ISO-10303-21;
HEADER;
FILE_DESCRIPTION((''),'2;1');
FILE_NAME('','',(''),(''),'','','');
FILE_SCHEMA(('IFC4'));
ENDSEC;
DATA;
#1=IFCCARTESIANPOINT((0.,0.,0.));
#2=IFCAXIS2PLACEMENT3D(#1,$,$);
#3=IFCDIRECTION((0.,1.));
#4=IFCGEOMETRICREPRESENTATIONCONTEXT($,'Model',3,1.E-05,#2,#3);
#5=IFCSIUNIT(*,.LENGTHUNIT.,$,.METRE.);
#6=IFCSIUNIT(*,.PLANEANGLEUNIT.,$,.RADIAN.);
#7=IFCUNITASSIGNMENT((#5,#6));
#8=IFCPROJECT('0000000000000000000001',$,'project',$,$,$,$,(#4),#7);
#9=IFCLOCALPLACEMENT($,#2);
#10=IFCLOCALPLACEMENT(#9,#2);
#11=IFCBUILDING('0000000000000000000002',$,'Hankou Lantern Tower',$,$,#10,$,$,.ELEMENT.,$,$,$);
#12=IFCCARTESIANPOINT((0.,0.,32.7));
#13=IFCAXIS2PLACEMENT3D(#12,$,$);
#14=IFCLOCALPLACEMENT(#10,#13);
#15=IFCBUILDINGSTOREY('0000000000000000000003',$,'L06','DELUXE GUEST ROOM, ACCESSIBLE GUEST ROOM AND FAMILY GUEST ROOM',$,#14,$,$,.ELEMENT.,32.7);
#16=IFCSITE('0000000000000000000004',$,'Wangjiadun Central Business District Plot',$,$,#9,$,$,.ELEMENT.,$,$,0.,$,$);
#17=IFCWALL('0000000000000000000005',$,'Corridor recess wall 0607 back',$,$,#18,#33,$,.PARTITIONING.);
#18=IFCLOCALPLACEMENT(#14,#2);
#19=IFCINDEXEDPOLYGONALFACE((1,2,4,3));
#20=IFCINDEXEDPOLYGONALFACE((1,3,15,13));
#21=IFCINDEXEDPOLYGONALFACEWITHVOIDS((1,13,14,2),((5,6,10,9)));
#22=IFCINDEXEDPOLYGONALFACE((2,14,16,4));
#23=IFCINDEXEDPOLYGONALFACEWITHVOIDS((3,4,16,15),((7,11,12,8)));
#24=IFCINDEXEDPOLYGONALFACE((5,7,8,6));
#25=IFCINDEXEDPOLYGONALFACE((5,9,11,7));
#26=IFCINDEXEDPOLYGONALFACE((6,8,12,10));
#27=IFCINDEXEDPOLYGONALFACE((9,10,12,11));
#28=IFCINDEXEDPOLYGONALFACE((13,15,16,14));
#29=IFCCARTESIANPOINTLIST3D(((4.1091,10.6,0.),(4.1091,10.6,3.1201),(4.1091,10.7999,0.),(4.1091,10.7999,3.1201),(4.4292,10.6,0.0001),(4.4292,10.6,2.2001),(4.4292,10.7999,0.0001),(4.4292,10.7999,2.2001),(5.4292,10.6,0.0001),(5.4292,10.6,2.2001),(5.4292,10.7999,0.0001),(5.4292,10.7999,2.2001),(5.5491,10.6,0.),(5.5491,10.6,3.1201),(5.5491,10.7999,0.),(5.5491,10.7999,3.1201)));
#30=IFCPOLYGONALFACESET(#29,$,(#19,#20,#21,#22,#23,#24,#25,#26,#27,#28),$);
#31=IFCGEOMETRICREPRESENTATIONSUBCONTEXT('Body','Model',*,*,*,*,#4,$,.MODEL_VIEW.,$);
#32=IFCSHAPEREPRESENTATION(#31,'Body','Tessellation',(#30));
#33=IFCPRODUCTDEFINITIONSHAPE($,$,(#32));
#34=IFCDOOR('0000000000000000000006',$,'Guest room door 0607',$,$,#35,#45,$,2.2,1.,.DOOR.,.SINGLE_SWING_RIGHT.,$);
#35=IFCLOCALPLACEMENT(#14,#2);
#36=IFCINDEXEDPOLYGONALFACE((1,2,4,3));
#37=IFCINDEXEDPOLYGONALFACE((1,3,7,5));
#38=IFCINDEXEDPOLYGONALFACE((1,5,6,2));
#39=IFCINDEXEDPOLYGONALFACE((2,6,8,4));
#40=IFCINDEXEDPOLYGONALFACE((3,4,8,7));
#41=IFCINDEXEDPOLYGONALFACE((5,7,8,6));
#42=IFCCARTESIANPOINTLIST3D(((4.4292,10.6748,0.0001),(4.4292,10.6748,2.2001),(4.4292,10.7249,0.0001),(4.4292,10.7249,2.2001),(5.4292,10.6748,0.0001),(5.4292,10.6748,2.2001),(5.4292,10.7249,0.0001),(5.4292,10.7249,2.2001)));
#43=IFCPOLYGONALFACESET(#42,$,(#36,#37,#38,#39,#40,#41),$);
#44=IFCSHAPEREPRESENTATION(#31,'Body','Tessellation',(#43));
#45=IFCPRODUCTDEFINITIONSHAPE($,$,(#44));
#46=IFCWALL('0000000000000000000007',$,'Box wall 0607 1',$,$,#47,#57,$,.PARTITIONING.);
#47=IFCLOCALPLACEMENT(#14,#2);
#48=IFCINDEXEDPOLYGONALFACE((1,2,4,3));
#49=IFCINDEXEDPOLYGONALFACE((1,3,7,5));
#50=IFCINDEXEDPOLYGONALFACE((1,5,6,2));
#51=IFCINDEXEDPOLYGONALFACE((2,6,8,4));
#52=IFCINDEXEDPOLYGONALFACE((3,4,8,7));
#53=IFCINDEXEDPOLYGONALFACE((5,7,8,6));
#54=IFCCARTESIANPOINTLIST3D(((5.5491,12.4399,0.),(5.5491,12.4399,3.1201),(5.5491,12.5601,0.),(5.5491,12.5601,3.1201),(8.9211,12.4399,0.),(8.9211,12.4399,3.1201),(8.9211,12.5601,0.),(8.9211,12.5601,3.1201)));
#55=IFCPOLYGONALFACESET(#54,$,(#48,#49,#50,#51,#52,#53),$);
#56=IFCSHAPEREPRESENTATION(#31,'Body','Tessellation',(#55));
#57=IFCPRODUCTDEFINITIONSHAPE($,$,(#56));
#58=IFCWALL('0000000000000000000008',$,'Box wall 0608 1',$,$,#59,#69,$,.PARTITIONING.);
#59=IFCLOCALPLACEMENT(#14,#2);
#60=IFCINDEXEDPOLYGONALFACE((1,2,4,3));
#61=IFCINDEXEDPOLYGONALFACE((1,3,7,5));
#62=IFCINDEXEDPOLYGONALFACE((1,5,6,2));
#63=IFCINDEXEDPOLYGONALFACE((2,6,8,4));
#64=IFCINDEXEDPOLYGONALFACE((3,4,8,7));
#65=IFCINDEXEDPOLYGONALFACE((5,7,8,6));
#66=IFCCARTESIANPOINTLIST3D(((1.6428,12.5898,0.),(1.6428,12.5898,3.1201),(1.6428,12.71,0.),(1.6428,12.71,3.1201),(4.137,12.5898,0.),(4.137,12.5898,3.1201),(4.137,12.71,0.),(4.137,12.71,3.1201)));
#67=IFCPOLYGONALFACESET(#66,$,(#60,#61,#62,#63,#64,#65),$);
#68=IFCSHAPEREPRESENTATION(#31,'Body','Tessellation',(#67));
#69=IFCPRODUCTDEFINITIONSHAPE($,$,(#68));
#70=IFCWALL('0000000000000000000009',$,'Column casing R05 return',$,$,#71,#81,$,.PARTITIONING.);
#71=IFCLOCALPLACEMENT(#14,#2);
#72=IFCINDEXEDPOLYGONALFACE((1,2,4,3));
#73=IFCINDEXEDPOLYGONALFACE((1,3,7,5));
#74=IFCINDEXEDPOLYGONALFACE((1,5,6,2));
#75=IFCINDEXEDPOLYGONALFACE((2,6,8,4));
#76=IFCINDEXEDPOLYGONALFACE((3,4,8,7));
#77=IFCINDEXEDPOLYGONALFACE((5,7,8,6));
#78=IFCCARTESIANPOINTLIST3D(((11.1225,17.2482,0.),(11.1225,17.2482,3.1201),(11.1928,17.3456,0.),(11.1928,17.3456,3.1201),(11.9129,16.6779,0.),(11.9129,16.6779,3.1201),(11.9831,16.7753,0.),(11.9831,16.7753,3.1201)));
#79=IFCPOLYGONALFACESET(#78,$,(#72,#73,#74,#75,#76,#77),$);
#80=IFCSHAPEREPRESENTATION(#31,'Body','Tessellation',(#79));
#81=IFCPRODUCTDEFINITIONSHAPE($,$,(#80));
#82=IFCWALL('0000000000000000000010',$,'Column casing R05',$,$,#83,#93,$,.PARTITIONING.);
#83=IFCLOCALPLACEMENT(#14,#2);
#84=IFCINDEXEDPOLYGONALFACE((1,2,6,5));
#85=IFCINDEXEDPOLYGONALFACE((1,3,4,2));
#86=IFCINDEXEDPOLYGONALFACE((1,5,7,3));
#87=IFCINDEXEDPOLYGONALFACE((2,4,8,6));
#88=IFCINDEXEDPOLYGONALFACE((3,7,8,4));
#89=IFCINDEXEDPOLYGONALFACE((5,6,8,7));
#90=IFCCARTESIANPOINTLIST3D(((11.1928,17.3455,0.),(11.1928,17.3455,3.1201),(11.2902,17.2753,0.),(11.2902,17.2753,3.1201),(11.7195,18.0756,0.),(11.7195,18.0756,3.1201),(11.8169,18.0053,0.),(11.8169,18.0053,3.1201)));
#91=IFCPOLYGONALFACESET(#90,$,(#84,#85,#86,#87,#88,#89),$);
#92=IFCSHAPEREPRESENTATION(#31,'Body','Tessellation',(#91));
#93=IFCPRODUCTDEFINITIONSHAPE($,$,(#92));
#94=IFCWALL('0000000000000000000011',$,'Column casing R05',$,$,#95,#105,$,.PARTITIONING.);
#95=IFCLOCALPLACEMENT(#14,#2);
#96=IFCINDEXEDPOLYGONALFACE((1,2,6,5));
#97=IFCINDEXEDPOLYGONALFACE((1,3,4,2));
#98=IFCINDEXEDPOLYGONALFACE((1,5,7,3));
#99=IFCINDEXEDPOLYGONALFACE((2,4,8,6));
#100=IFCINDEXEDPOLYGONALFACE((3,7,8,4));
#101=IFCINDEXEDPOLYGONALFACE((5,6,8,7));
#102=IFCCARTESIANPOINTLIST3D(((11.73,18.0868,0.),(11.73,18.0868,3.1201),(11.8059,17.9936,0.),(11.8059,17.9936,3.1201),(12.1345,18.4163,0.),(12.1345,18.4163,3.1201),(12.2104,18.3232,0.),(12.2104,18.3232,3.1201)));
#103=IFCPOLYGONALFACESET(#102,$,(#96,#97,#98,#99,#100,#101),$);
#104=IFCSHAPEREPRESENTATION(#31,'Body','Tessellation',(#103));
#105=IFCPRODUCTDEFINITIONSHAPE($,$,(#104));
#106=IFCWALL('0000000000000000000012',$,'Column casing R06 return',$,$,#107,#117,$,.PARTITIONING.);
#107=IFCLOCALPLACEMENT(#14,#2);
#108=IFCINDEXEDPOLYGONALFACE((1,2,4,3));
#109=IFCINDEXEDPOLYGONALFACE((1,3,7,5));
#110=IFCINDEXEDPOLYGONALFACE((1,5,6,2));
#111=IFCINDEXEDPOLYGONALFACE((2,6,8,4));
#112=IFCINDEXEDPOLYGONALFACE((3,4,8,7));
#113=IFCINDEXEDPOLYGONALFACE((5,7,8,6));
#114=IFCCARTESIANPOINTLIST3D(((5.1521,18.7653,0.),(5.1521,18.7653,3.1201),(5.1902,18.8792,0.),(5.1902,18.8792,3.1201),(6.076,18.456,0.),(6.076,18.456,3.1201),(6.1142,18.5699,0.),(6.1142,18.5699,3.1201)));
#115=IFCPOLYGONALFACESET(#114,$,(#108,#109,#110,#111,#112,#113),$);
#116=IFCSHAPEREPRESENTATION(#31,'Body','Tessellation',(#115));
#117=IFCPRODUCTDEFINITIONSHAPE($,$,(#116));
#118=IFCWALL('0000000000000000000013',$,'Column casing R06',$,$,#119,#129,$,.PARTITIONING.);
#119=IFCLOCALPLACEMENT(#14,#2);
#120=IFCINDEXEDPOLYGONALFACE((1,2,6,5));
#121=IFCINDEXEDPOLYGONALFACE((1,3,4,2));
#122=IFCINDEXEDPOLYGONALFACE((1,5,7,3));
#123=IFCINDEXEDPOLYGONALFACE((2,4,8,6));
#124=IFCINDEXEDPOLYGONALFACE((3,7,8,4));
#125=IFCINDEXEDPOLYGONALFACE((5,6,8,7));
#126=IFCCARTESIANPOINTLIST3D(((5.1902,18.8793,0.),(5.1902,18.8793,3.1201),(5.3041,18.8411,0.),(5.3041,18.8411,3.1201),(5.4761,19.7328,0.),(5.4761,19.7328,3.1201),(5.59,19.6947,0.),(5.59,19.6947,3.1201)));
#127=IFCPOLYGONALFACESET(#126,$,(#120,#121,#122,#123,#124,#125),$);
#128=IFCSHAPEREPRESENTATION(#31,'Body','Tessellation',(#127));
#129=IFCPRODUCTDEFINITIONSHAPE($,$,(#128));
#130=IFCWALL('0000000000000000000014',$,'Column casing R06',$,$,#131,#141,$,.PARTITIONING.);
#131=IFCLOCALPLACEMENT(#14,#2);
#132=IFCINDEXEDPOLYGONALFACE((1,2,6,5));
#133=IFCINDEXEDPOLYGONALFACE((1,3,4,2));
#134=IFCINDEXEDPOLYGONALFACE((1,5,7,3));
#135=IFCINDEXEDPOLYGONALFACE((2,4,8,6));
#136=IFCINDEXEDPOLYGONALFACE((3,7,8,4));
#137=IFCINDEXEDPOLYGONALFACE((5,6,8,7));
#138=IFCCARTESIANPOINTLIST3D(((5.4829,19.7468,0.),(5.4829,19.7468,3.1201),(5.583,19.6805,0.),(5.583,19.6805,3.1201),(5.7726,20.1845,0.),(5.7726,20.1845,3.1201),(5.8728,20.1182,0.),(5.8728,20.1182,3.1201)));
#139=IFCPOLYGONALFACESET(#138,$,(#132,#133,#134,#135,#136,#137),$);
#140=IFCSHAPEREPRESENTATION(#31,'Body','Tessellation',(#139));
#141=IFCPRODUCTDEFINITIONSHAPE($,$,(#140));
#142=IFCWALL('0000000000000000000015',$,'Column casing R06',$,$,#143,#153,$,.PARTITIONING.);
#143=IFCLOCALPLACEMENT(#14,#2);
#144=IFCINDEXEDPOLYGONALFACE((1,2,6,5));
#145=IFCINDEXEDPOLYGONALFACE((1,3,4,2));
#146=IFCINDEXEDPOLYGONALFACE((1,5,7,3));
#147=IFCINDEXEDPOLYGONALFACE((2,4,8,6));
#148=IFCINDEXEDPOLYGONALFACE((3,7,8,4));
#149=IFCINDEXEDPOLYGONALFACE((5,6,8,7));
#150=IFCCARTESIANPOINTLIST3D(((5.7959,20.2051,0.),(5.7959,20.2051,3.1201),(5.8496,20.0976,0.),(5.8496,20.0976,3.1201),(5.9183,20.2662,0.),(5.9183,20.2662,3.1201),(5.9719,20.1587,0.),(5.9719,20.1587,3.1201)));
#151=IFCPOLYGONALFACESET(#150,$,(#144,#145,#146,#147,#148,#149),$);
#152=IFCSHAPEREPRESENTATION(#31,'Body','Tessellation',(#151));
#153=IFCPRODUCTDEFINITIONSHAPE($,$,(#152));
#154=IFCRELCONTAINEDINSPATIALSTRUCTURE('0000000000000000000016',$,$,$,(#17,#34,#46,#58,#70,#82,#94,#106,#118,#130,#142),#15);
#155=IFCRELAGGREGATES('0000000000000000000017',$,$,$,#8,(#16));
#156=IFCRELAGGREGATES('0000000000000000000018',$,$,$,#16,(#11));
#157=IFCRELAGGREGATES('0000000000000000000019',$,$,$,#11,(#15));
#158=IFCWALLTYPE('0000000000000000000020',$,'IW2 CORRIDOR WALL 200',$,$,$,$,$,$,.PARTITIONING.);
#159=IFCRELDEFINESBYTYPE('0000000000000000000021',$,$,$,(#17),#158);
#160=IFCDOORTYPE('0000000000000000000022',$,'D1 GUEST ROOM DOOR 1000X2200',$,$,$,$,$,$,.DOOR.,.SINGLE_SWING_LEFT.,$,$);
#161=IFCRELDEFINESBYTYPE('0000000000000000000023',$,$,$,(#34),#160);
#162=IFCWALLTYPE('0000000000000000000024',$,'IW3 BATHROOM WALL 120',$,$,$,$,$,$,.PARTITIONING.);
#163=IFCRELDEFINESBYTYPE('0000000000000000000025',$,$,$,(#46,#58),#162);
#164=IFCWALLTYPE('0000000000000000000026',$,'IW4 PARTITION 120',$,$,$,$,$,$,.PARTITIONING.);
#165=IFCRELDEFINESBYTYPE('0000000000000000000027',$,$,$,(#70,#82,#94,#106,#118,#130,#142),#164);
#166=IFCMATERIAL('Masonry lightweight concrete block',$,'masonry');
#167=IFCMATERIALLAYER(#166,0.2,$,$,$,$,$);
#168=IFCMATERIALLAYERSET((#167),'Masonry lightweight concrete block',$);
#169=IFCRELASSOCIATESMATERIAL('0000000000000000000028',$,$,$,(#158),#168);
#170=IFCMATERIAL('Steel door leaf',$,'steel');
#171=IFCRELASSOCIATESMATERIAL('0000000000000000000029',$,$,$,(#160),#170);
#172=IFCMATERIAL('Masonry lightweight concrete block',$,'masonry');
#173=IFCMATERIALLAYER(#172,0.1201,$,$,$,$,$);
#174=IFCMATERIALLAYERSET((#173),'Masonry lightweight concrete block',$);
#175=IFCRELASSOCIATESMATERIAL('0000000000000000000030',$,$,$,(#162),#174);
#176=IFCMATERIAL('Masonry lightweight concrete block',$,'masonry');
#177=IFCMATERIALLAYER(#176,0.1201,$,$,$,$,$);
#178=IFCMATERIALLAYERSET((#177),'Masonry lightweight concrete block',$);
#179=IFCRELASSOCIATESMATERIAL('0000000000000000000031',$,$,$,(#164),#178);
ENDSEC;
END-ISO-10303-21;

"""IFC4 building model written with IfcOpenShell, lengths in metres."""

from ifc_helpers import new_model, si_unit, direction, frame, frame_2d, origin, place, context, subcontext, project, spatial, rectangle, extrude, material, layer, layer_set, type_object, element, fill, save


model = new_model("IFC4")

# Units and contexts
model_context = context("Model", 3, precision=1e-05, world=origin(), true_north=direction((0.0, 1.0)))
body_context = subcontext(model_context, "Body", "Model", "MODEL_VIEW")
ifc_project = project(units=[si_unit("LENGTHUNIT", "METRE"), si_unit("PLANEANGLEUNIT", "RADIAN")], contexts=[model_context])

# Site, building, storey
site_placement = place(None, origin())
site = spatial("IfcSite", under=ifc_project, at=site_placement, Name="Wangjiadun Central Business District Plot", CompositionType="ELEMENT", RefElevation=0.0)
building_placement = place(site_placement, origin())
building = spatial("IfcBuilding", under=site, at=building_placement, Name="Hankou Lantern Tower", CompositionType="ELEMENT")
storey_placement = place(building_placement, frame((0.0, 0.0, 32.7)))
storey = spatial("IfcBuildingStorey", under=building, at=storey_placement, Name="L06", Description="DELUXE GUEST ROOM, ACCESSIBLE GUEST ROOM AND FAMILY GUEST ROOM", CompositionType="ELEMENT", Elevation=32.7)

# Wall, opening, door
ifc_material_1 = material(Name="Masonry lightweight concrete block", Category="masonry")
ifc_layer_1 = layer(ifc_material_1, 0.2)
ifc_layer_set_1 = layer_set([ifc_layer_1], Name="Masonry lightweight concrete block")
wall_type_1 = type_object("IfcWallType", Name="IW2 CORRIDOR WALL 200", PredefinedType="PARTITIONING", material=ifc_layer_set_1)
wall_1_placement = place(storey_placement, frame((4.1091, 10.7, 0.0), z_axis=(0.0, 0.0, 1.0), x_axis=(1.0, 0.0, 0.0)))
wall_1 = element("IfcWall", 1, at=wall_1_placement, inside=storey, type_object=wall_type_1, Name="Corridor recess wall 0607 back", PredefinedType="PARTITIONING", context=body_context, shape_type="SweptSolid", body=[
    extrude(rectangle(XDim=1.4399, YDim=0.2, at=frame_2d((0.72, 0.0))), origin(), (0.0, 0.0, 1.0), 3.1201),
])
opening_1_placement = place(wall_1_placement, frame((0.3201, 0.0, 0.0)))
opening_1 = element("IfcOpeningElement", 2, at=opening_1_placement, cuts=wall_1, PredefinedType="OPENING", context=body_context, shape_type="SweptSolid", body=[
    extrude(rectangle(XDim=1.0, YDim=2.2, at=frame_2d((0.5, 1.1001))), frame((0.0, 0.1099, 0.0), z_axis=(0.0, -1.0, 0.0), x_axis=(1.0, 0.0, 0.0)), (0.0, 0.0, 1.0), 0.22),
])
ifc_material_2 = material(Name="Steel door leaf", Category="steel")
door_type = type_object("IfcDoorType", Name="D1 GUEST ROOM DOOR 1000X2200", OperationType="SINGLE_SWING_LEFT", PredefinedType="DOOR", material=ifc_material_2)
door_placement = place(opening_1_placement, origin())
door = element("IfcDoor", 3, at=door_placement, inside=storey, type_object=door_type, Name="Guest room door 0607", OperationType="SINGLE_SWING_RIGHT", OverallHeight=2.2, OverallWidth=1.0, PredefinedType="DOOR", context=body_context, shape_type="SweptSolid", body=[
    extrude(rectangle(XDim=1.0, YDim=2.2, at=frame_2d((0.5, 1.1001))), frame((0.0, 0.0249, 0.0), z_axis=(0.0, -1.0, 0.0), x_axis=(1.0, 0.0, 0.0)), (0.0, 0.0, 1.0), 0.05),
])
fill(opening_1, door)

# Walls
ifc_material_3 = material(Name="Masonry lightweight concrete block", Category="masonry")
ifc_layer_2 = layer(ifc_material_3, 0.1201)
ifc_layer_set_2 = layer_set([ifc_layer_2], Name="Masonry lightweight concrete block")
wall_type_2 = type_object("IfcWallType", Name="IW3 BATHROOM WALL 120", PredefinedType="PARTITIONING", material=ifc_layer_set_2)
wall_2_placement = place(storey_placement, frame((8.9211, 12.5, 0.0), z_axis=(0.0, 0.0, 1.0), x_axis=(-1.0, 0.0, 0.0)))
element("IfcWall", 4, at=wall_2_placement, inside=storey, type_object=wall_type_2, Name="Box wall 0607 1", PredefinedType="PARTITIONING", context=body_context, shape_type="SweptSolid", body=[
    extrude(rectangle(XDim=3.3721, YDim=0.1201, at=frame_2d((1.686, 0.0))), origin(), (0.0, 0.0, 1.0), 3.1201),
])
wall_3_placement = place(storey_placement, frame((4.137, 12.6499, 0.0), z_axis=(0.0, 0.0, 1.0), x_axis=(-1.0, 0.0, 0.0)))
element("IfcWall", 5, at=wall_3_placement, inside=storey, type_object=wall_type_2, Name="Box wall 0608 1", PredefinedType="PARTITIONING", context=body_context, shape_type="SweptSolid", body=[
    extrude(rectangle(XDim=2.4941, YDim=0.1201, at=frame_2d((1.2471, 0.0))), origin(), (0.0, 0.0, 1.0), 3.1201),
])
ifc_material_4 = material(Name="Masonry lightweight concrete block", Category="masonry")
ifc_layer_3 = layer(ifc_material_4, 0.1201)
ifc_layer_set_3 = layer_set([ifc_layer_3], Name="Masonry lightweight concrete block")
wall_type_3 = type_object("IfcWallType", Name="IW4 PARTITION 120", PredefinedType="PARTITIONING", material=ifc_layer_set_3)
wall_4_placement = place(storey_placement, frame((11.948, 16.7266, 0.0), z_axis=(0.0, 0.0, 1.0), x_axis=(-0.810897, 0.585189, 0.0)))
element("IfcWall", 6, at=wall_4_placement, inside=storey, type_object=wall_type_3, Name="Column casing R05 return", PredefinedType="PARTITIONING", context=body_context, shape_type="SweptSolid", body=[
    extrude(rectangle(XDim=0.9746, YDim=0.1201, at=frame_2d((0.4873, 0.0))), origin(), (0.0, 0.0, 1.0), 3.1201),
])
wall_5_placement = place(storey_placement, frame((11.2415, 17.3103, 0.0), z_axis=(0.0, 0.0, 1.0), x_axis=(0.585055, 0.810994, 0.0)))
element("IfcWall", 7, at=wall_5_placement, inside=storey, type_object=wall_type_3, Name="Column casing R05", PredefinedType="PARTITIONING", context=body_context, shape_type="SweptSolid", body=[
    extrude(rectangle(XDim=0.9001, YDim=0.1201, at=frame_2d((0.4502, 0.0))), origin(), (0.0, 0.0, 1.0), 3.1201),
])
wall_6_placement = place(storey_placement, frame((11.7681, 18.0403, 0.0), z_axis=(0.0, 0.0, 1.0), x_axis=(0.775269, 0.631631, 0.0)))
element("IfcWall", 8, at=wall_6_placement, inside=storey, type_object=wall_type_3, Name="Column casing R05", PredefinedType="PARTITIONING", context=body_context, shape_type="SweptSolid", body=[
    extrude(rectangle(XDim=0.5217, YDim=0.1201, at=frame_2d((0.2607, 0.0))), origin(), (0.0, 0.0, 1.0), 3.1201),
])
wall_7_placement = place(storey_placement, frame((6.0952, 18.5129, 0.0), z_axis=(0.0, 0.0, 1.0), x_axis=(-0.948282, 0.31743, 0.0)))
element("IfcWall", 9, at=wall_7_placement, inside=storey, type_object=wall_type_3, Name="Column casing R06 return", PredefinedType="PARTITIONING", context=body_context, shape_type="SweptSolid", body=[
    extrude(rectangle(XDim=0.9744, YDim=0.1201, at=frame_2d((0.4873, 0.0))), origin(), (0.0, 0.0, 1.0), 3.1201),
])
wall_8_placement = place(storey_placement, frame((5.2471, 18.8601, 0.0), z_axis=(0.0, 0.0, 1.0), x_axis=(0.317611, 0.948221, 0.0)))
element("IfcWall", 10, at=wall_8_placement, inside=storey, type_object=wall_type_3, Name="Column casing R06", PredefinedType="PARTITIONING", context=body_context, shape_type="SweptSolid", body=[
    extrude(rectangle(XDim=0.9001, YDim=0.1201, at=frame_2d((0.4502, 0.0))), origin(), (0.0, 0.0, 1.0), 3.1201),
])
wall_9_placement = place(storey_placement, frame((5.533, 19.7136, 0.0), z_axis=(0.0, 0.0, 1.0), x_axis=(0.552014, 0.833835, 0.0)))
element("IfcWall", 11, at=wall_9_placement, inside=storey, type_object=wall_type_3, Name="Column casing R06", PredefinedType="PARTITIONING", context=body_context, shape_type="SweptSolid", body=[
    extrude(rectangle(XDim=0.5249, YDim=0.1201, at=frame_2d((0.2625, 0.0))), origin(), (0.0, 0.0, 1.0), 3.1201),
])
wall_10_placement = place(storey_placement, frame((5.8228, 20.1514, 0.0), z_axis=(0.0, 0.0, 1.0), x_axis=(0.894784, 0.446499, 0.0)))
element("IfcWall", 12, at=wall_10_placement, inside=storey, type_object=wall_type_3, Name="Column casing R06", PredefinedType="PARTITIONING", context=body_context, shape_type="SweptSolid", body=[
    extrude(rectangle(XDim=0.1367, YDim=0.1201, at=frame_2d((0.0684, 0.0))), origin(), (0.0, 0.0, 1.0), 3.1201),
])

save(model, "model.ifc")
